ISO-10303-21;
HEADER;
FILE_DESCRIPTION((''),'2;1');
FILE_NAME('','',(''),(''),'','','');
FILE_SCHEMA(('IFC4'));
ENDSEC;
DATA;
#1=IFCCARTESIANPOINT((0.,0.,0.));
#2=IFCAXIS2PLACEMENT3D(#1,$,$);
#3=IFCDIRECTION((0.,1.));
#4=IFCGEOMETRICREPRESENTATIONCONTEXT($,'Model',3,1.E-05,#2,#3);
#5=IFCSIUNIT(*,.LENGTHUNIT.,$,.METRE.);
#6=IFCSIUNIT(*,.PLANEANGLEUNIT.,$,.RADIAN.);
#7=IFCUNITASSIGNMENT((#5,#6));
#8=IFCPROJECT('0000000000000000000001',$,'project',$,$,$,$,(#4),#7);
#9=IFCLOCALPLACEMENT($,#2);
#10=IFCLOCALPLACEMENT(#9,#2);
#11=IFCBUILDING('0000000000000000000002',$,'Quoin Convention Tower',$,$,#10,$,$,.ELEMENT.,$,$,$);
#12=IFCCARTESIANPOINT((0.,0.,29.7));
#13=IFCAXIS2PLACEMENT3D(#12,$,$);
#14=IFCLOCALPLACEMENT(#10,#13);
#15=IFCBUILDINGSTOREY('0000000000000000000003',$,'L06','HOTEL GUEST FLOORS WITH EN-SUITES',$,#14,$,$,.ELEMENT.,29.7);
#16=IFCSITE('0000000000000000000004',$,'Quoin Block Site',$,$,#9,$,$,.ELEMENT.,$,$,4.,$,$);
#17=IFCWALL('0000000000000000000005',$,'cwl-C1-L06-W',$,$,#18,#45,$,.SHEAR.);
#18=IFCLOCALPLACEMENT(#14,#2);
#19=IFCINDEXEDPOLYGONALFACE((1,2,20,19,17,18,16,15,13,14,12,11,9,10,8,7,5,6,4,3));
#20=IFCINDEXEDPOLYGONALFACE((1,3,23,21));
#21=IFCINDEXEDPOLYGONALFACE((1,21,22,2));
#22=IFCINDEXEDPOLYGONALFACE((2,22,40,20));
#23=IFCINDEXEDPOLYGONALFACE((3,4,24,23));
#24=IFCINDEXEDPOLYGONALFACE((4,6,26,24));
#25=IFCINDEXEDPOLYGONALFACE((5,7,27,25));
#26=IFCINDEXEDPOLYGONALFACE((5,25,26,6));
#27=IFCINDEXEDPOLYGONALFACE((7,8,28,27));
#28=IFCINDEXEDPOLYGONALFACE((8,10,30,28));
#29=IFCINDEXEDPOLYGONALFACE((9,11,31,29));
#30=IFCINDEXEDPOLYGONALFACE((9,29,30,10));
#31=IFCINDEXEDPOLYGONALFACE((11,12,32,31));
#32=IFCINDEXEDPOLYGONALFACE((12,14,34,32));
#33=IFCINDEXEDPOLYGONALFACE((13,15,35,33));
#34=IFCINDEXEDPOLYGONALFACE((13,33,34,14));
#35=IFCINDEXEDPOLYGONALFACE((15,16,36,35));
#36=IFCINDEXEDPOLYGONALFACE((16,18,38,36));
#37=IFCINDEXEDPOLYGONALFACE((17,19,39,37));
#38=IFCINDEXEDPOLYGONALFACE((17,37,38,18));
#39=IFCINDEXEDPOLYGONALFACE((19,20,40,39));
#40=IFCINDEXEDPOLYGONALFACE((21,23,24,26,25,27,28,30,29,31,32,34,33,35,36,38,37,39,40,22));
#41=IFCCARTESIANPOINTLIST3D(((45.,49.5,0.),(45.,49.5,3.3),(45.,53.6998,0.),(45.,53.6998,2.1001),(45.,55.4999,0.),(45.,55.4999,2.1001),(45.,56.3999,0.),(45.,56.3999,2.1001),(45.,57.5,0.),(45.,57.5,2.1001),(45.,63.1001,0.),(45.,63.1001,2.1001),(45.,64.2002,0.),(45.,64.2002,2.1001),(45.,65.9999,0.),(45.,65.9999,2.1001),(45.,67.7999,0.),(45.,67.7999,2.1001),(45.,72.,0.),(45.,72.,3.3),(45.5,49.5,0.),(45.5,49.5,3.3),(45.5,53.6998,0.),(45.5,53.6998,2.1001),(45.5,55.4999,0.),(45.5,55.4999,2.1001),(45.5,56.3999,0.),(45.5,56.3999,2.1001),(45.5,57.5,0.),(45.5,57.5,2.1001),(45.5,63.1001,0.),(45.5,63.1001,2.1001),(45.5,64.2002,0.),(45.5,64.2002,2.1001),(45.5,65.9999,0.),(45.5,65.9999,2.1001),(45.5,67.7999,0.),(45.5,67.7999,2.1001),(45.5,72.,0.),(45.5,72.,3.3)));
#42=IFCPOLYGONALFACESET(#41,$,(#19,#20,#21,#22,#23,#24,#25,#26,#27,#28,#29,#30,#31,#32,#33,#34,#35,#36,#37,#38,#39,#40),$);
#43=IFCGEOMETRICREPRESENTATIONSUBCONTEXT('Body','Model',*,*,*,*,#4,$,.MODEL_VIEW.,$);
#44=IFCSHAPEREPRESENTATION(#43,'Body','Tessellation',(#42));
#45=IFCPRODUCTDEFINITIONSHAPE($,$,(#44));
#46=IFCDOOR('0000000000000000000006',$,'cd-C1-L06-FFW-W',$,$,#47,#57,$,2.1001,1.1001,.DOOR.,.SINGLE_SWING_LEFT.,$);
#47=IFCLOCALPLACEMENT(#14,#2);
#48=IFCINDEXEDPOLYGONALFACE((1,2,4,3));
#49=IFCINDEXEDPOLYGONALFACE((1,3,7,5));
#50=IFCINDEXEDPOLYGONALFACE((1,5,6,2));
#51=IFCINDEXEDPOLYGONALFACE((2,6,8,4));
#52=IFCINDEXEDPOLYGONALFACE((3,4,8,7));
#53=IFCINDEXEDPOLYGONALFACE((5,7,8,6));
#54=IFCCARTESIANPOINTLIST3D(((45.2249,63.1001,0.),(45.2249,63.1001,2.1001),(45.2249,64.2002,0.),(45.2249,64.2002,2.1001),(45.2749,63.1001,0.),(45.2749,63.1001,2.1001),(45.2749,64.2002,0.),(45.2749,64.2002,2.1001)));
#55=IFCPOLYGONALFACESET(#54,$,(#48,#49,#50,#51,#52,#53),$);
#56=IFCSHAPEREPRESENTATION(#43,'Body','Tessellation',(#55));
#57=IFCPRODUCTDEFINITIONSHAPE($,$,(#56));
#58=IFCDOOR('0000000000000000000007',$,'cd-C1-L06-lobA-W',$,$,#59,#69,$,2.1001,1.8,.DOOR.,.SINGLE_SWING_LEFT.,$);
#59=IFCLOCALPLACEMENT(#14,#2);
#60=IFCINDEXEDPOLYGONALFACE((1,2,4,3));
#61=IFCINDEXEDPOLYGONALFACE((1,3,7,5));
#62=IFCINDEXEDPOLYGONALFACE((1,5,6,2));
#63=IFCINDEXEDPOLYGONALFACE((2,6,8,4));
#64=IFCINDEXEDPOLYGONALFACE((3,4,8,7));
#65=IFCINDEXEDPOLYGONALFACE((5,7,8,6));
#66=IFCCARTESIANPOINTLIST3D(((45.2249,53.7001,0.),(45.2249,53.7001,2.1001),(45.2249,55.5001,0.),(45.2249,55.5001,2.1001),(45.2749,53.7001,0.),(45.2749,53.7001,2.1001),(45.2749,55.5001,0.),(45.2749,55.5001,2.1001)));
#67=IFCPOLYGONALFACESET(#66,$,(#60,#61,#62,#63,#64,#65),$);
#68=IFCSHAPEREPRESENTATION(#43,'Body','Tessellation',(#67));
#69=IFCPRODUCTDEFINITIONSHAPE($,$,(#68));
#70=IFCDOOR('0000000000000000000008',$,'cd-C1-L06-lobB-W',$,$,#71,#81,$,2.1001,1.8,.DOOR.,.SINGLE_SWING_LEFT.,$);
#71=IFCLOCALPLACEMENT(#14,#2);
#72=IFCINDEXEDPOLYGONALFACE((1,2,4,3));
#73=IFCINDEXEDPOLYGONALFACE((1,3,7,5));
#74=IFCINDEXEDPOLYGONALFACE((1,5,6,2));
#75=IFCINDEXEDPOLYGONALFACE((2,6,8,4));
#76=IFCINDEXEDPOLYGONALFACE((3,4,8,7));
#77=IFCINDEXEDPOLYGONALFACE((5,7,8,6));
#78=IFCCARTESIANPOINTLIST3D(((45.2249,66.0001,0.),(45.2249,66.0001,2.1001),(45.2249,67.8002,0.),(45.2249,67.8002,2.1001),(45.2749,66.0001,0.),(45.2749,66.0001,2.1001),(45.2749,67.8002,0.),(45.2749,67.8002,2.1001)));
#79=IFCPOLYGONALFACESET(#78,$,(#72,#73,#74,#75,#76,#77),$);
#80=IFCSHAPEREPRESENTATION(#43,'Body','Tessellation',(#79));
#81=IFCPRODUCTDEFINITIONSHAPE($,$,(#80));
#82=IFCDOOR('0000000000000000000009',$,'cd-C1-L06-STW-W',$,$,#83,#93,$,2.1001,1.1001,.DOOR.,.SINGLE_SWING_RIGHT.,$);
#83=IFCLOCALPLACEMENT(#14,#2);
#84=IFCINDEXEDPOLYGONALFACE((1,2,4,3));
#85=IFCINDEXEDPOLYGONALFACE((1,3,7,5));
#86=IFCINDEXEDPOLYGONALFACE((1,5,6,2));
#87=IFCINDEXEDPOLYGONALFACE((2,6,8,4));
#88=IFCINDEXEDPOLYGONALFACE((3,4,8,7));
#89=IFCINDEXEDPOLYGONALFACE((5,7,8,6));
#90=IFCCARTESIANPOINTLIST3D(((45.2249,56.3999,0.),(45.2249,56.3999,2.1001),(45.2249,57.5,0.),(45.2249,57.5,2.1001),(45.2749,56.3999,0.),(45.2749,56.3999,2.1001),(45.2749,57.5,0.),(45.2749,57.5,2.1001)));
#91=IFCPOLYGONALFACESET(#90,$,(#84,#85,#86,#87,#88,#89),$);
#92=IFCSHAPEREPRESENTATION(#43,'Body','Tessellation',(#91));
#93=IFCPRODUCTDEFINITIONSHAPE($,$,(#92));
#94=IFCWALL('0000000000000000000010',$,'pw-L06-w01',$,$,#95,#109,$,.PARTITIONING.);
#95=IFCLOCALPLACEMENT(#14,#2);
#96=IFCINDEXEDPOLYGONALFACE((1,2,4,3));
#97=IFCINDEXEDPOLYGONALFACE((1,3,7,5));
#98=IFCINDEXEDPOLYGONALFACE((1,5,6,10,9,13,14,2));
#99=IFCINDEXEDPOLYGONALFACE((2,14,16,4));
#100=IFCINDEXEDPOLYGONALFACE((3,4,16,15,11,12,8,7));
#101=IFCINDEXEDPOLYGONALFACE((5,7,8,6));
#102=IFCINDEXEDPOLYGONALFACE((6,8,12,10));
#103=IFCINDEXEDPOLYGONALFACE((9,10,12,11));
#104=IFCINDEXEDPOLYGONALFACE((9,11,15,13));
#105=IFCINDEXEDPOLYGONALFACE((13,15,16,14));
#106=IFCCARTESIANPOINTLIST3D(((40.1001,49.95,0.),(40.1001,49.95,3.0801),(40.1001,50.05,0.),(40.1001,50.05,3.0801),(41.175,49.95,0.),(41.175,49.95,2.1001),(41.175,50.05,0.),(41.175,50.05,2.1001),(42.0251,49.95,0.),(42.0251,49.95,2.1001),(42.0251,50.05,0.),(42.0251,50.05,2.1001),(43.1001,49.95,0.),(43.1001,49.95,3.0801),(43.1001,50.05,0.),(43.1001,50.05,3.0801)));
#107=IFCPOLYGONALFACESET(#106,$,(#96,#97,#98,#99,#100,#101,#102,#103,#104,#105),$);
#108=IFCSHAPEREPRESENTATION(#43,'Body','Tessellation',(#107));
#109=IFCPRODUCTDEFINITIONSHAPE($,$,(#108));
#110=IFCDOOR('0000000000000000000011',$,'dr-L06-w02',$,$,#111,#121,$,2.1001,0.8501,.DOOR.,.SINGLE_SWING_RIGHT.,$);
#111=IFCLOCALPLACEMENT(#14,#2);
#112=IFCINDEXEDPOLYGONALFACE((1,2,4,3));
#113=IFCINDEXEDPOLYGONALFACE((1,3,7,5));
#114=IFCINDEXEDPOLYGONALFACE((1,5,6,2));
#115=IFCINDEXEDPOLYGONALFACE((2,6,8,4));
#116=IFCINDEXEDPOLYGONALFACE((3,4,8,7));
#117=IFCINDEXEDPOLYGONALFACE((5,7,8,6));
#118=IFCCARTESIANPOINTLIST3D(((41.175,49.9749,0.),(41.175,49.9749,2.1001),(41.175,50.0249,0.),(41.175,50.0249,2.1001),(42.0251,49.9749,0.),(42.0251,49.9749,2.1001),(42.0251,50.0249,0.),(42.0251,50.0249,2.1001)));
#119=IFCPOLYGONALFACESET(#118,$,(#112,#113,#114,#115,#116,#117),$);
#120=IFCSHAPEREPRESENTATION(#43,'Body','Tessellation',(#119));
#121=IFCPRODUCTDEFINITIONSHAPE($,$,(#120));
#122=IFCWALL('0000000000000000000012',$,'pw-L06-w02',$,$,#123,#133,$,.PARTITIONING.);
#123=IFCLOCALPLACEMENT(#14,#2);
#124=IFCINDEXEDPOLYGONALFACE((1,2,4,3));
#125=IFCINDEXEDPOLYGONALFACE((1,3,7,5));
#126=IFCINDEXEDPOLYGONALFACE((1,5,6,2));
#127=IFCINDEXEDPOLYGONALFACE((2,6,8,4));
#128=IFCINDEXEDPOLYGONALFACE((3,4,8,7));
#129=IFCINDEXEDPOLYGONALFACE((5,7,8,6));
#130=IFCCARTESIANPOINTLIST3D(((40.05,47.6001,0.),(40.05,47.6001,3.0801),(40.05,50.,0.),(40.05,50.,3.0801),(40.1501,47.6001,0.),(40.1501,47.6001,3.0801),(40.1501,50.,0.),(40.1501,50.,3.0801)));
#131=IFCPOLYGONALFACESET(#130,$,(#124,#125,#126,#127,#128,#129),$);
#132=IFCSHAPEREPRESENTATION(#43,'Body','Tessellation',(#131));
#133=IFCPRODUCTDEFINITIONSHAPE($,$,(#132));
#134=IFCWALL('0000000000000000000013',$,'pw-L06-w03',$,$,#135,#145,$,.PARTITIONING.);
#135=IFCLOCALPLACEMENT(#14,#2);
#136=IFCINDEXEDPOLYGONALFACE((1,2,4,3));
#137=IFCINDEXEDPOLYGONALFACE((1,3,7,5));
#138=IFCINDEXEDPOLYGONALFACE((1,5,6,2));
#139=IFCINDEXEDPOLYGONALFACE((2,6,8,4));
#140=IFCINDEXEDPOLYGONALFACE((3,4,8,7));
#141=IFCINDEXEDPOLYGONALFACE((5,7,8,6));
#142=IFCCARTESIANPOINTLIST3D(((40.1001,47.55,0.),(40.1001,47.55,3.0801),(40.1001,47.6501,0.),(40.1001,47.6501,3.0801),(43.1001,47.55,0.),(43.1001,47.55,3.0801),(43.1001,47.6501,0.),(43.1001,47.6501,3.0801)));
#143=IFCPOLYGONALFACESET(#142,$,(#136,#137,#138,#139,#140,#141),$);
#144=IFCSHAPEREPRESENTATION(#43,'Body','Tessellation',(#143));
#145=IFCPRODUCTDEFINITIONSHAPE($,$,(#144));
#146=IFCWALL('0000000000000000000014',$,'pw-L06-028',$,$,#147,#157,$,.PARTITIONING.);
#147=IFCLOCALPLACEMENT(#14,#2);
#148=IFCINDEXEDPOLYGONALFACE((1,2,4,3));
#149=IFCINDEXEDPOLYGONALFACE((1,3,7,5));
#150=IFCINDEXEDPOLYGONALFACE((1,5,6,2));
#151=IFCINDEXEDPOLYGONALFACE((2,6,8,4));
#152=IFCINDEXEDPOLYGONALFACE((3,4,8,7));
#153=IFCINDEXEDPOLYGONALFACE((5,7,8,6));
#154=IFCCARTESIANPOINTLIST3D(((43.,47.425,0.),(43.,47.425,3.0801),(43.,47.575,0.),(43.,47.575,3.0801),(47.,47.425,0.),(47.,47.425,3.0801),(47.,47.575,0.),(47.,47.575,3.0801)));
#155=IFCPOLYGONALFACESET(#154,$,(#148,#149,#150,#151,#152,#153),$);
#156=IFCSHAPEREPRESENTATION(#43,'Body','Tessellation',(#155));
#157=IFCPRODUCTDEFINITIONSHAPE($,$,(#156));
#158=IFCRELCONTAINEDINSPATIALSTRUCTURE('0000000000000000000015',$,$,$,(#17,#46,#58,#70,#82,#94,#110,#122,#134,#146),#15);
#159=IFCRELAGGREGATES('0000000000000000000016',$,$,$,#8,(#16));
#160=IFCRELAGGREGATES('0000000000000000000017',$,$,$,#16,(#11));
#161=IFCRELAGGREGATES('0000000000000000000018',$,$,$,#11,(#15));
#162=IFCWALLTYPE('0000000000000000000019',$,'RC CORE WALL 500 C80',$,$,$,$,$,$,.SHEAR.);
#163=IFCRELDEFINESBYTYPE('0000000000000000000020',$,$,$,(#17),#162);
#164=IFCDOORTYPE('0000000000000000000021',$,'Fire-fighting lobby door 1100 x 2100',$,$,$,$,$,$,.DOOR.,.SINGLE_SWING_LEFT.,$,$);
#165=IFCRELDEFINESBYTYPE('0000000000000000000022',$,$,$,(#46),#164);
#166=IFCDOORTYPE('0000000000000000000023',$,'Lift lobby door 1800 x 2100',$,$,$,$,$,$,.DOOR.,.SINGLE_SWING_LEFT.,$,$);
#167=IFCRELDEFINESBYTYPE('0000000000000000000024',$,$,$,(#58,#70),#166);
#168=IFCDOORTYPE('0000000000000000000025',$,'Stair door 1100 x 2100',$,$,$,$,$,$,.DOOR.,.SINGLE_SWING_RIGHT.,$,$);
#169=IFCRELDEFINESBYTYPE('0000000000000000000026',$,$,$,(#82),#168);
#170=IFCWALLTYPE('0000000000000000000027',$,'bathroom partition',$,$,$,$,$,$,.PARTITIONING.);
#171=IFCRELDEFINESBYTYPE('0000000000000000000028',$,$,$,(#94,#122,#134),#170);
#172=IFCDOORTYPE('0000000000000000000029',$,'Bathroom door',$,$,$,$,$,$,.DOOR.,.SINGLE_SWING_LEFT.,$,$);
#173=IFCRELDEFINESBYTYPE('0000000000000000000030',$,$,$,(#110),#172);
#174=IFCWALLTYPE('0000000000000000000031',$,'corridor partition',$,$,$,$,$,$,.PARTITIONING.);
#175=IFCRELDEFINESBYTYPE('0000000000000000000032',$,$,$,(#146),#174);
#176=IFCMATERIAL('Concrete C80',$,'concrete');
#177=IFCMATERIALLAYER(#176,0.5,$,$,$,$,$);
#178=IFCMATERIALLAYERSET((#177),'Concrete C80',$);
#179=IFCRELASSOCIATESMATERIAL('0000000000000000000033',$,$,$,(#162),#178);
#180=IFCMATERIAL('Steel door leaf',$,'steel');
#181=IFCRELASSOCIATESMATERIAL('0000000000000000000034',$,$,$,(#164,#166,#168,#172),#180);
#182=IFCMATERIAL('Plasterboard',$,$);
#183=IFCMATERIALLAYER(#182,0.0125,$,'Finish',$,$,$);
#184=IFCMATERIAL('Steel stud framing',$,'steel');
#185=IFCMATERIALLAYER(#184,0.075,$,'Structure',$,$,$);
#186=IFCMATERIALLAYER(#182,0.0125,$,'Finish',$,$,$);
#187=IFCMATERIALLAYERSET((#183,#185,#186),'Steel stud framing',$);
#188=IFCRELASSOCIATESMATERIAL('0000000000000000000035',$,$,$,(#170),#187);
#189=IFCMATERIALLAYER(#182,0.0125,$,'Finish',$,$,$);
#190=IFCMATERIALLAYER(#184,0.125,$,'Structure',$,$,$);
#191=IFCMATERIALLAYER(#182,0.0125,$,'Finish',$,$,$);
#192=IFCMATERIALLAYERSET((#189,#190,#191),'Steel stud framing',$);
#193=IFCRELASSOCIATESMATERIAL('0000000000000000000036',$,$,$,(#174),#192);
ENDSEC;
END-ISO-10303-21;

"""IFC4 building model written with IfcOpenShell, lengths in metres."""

from ifc_helpers import new_model, si_unit, direction, frame, frame_2d, origin, place, context, subcontext, project, spatial, rectangle, extrude, material, layer, layer_set, type_object, element, fill, save


model = new_model("IFC4")

# Units and contexts
model_context = context("Model", 3, precision=1e-05, world=origin(), true_north=direction((0.0, 1.0)))
body_context = subcontext(model_context, "Body", "Model", "MODEL_VIEW")
ifc_project = project(units=[si_unit("LENGTHUNIT", "METRE"), si_unit("PLANEANGLEUNIT", "RADIAN")], contexts=[model_context])

# Site, building, storey
site_placement = place(None, origin())
site = spatial("IfcSite", under=ifc_project, at=site_placement, Name="Quoin Block Site", CompositionType="ELEMENT", RefElevation=4.0)
building_placement = place(site_placement, origin())
building = spatial("IfcBuilding", under=site, at=building_placement, Name="Quoin Convention Tower", CompositionType="ELEMENT")
storey_placement = place(building_placement, frame((0.0, 0.0, 29.7)))
storey = spatial("IfcBuildingStorey", under=building, at=storey_placement, Name="L06", Description="HOTEL GUEST FLOORS WITH EN-SUITES", CompositionType="ELEMENT", Elevation=29.7)

# Shared definitions
ifc_material_1 = material(Name="Concrete C80", Category="concrete")

# Shared definitions
ifc_material_2 = material(Name="Plasterboard")
ifc_material_3 = material(Name="Steel stud framing", Category="steel")
ifc_material_4 = material(Name="Steel door leaf", Category="steel")

# Shared definitions
ifc_layer_1 = layer(ifc_material_1, 0.5)
ifc_layer_set_1 = layer_set([ifc_layer_1], Name="Concrete C80")
wall_type_1 = type_object("IfcWallType", Name="RC CORE WALL 500 C80", PredefinedType="SHEAR", material=ifc_layer_set_1)

# Wall, openings, doors
wall_1_placement = place(storey_placement, frame((45.25, 49.5, 0.0), z_axis=(0.0, 0.0, 1.0), x_axis=(0.0, 1.0, 0.0)))
wall_1 = element("IfcWall", 1, at=wall_1_placement, inside=storey, type_object=wall_type_1, Name="cwl-C1-L06-W", PredefinedType="SHEAR", context=body_context, shape_type="SweptSolid", body=[
    extrude(rectangle(XDim=22.5, YDim=0.5, at=frame_2d((11.25, 0.0))), origin(), (0.0, 0.0, 1.0), 3.3),
])
opening_1_placement = place(wall_1_placement, frame((4.2, 0.0, 0.0)))
opening_1 = element("IfcOpeningElement", 2, at=opening_1_placement, cuts=wall_1, PredefinedType="OPENING", context=body_context, shape_type="SweptSolid", body=[
    extrude(rectangle(XDim=1.8, YDim=2.1001, at=frame_2d((0.8999, 1.05))), frame((0.0, 0.26, 0.0), z_axis=(0.0, -1.0, 0.0), x_axis=(1.0, 0.0, 0.0)), (0.0, 0.0, 1.0), 0.52),
])
opening_2_placement = place(wall_1_placement, frame((6.8999, 0.0, 0.0)))
opening_2 = element("IfcOpeningElement", 3, at=opening_2_placement, cuts=wall_1, PredefinedType="OPENING", context=body_context, shape_type="SweptSolid", body=[
    extrude(rectangle(XDim=1.1001, YDim=2.1001, at=frame_2d((0.55, 1.05))), frame((0.0, 0.26, 0.0), z_axis=(0.0, -1.0, 0.0), x_axis=(1.0, 0.0, 0.0)), (0.0, 0.0, 1.0), 0.52),
])
opening_3_placement = place(wall_1_placement, frame((13.6001, 0.0, 0.0)))
opening_3 = element("IfcOpeningElement", 4, at=opening_3_placement, cuts=wall_1, PredefinedType="OPENING", context=body_context, shape_type="SweptSolid", body=[
    extrude(rectangle(XDim=1.1001, YDim=2.1001, at=frame_2d((0.55, 1.05))), frame((0.0, 0.26, 0.0), z_axis=(0.0, -1.0, 0.0), x_axis=(1.0, 0.0, 0.0)), (0.0, 0.0, 1.0), 0.52),
])
opening_4_placement = place(wall_1_placement, frame((16.5, 0.0, 0.0)))
opening_4 = element("IfcOpeningElement", 5, at=opening_4_placement, cuts=wall_1, PredefinedType="OPENING", context=body_context, shape_type="SweptSolid", body=[
    extrude(rectangle(XDim=1.8, YDim=2.1001, at=frame_2d((0.8999, 1.05))), frame((0.0, 0.26, 0.0), z_axis=(0.0, -1.0, 0.0), x_axis=(1.0, 0.0, 0.0)), (0.0, 0.0, 1.0), 0.52),
])
door_type_1 = type_object("IfcDoorType", Name="Fire-fighting lobby door 1100 x 2100", OperationType="SINGLE_SWING_LEFT", PredefinedType="DOOR", material=ifc_material_4)
door_1_placement = place(opening_3_placement, frame((1.1001, 0.0, 0.0), z_axis=(0.0, 0.0, 1.0), x_axis=(-1.0, 0.0, 0.0)))
door_1 = element("IfcDoor", 6, at=door_1_placement, inside=storey, type_object=door_type_1, Name="cd-C1-L06-FFW-W", OperationType="SINGLE_SWING_LEFT", OverallHeight=2.1001, OverallWidth=1.1001, PredefinedType="DOOR", context=body_context, shape_type="SweptSolid", body=[
    extrude(rectangle(XDim=1.1001, YDim=2.1001, at=frame_2d((0.55, 1.05))), frame((0.0, 0.0249, 0.0), z_axis=(0.0, -1.0, 0.0), x_axis=(1.0, 0.0, 0.0)), (0.0, 0.0, 1.0), 0.05),
])
fill(opening_3, door_1)
door_type_2 = type_object("IfcDoorType", Name="Lift lobby door 1800 x 2100", OperationType="SINGLE_SWING_LEFT", PredefinedType="DOOR", material=ifc_material_4)
door_2_placement = place(opening_1_placement, frame((1.8, 0.0, 0.0), z_axis=(0.0, 0.0, 1.0), x_axis=(-1.0, 0.0, 0.0)))
door_2 = element("IfcDoor", 7, at=door_2_placement, inside=storey, type_object=door_type_2, Name="cd-C1-L06-lobA-W", OperationType="SINGLE_SWING_LEFT", OverallHeight=2.1001, OverallWidth=1.8, PredefinedType="DOOR", context=body_context, shape_type="SweptSolid", body=[
    extrude(rectangle(XDim=1.8, YDim=2.1001, at=frame_2d((0.8999, 1.05))), frame((0.0, 0.0249, 0.0), z_axis=(0.0, -1.0, 0.0), x_axis=(1.0, 0.0, 0.0)), (0.0, 0.0, 1.0), 0.05),
])
fill(opening_1, door_2)
door_3_placement = place(opening_4_placement, frame((1.8, 0.0, 0.0), z_axis=(0.0, 0.0, 1.0), x_axis=(-1.0, 0.0, 0.0)))
door_3 = element("IfcDoor", 8, at=door_3_placement, inside=storey, type_object=door_type_2, Name="cd-C1-L06-lobB-W", OperationType="SINGLE_SWING_LEFT", OverallHeight=2.1001, OverallWidth=1.8, PredefinedType="DOOR", context=body_context, shape_type="SweptSolid", body=[
    extrude(rectangle(XDim=1.8, YDim=2.1001, at=frame_2d((0.8999, 1.05))), frame((0.0, 0.0249, 0.0), z_axis=(0.0, -1.0, 0.0), x_axis=(1.0, 0.0, 0.0)), (0.0, 0.0, 1.0), 0.05),
])
fill(opening_4, door_3)
door_type_3 = type_object("IfcDoorType", Name="Stair door 1100 x 2100", OperationType="SINGLE_SWING_RIGHT", PredefinedType="DOOR", material=ifc_material_4)
door_4_placement = place(opening_2_placement, frame((1.1001, 0.0, 0.0), z_axis=(0.0, 0.0, 1.0), x_axis=(-1.0, 0.0, 0.0)))
door_4 = element("IfcDoor", 9, at=door_4_placement, inside=storey, type_object=door_type_3, Name="cd-C1-L06-STW-W", OperationType="SINGLE_SWING_RIGHT", OverallHeight=2.1001, OverallWidth=1.1001, PredefinedType="DOOR", context=body_context, shape_type="SweptSolid", body=[
    extrude(rectangle(XDim=1.1001, YDim=2.1001, at=frame_2d((0.55, 1.05))), frame((0.0, 0.0249, 0.0), z_axis=(0.0, -1.0, 0.0), x_axis=(1.0, 0.0, 0.0)), (0.0, 0.0, 1.0), 0.05),
])
fill(opening_2, door_4)

# Wall, opening, door
ifc_layer_2 = layer(ifc_material_2, 0.0125, Name="Finish")
ifc_layer_3 = layer(ifc_material_3, 0.075, Name="Structure")
ifc_layer_4 = layer(ifc_material_2, 0.0125, Name="Finish")
ifc_layer_set_2 = layer_set([ifc_layer_2, ifc_layer_3, ifc_layer_4], Name="Steel stud framing")
wall_type_2 = type_object("IfcWallType", Name="bathroom partition", PredefinedType="PARTITIONING", material=ifc_layer_set_2)
wall_2_placement = place(storey_placement, frame((43.1001, 50.0, 0.0), z_axis=(0.0, 0.0, 1.0), x_axis=(-1.0, 0.0, 0.0)))
wall_2 = element("IfcWall", 10, at=wall_2_placement, inside=storey, type_object=wall_type_2, Name="pw-L06-w01", PredefinedType="PARTITIONING", context=body_context, shape_type="SweptSolid", body=[
    extrude(rectangle(XDim=3.0, YDim=0.1001, at=frame_2d((1.5, 0.0))), origin(), (0.0, 0.0, 1.0), 3.0801),
])
opening_5_placement = place(wall_2_placement, frame((1.075, 0.0, 0.0)))
opening_5 = element("IfcOpeningElement", 11, at=opening_5_placement, cuts=wall_2, PredefinedType="OPENING", context=body_context, shape_type="SweptSolid", body=[
    extrude(rectangle(XDim=0.8501, YDim=2.1001, at=frame_2d((0.425, 1.05))), frame((0.0, 0.0601, 0.0), z_axis=(0.0, -1.0, 0.0), x_axis=(1.0, 0.0, 0.0)), (0.0, 0.0, 1.0), 0.1201),
])
door_type_4 = type_object("IfcDoorType", Name="Bathroom door", OperationType="SINGLE_SWING_LEFT", PredefinedType="DOOR", material=ifc_material_4)
door_5_placement = place(opening_5_placement, frame((0.8501, 0.0, 0.0), z_axis=(0.0, 0.0, 1.0), x_axis=(-1.0, 0.0, 0.0)))
door_5 = element("IfcDoor", 12, at=door_5_placement, inside=storey, type_object=door_type_4, Name="dr-L06-w02", OperationType="SINGLE_SWING_RIGHT", OverallHeight=2.1001, OverallWidth=0.8501, PredefinedType="DOOR", context=body_context, shape_type="SweptSolid", body=[
    extrude(rectangle(XDim=0.8501, YDim=2.1001, at=frame_2d((0.425, 1.05))), frame((0.0, 0.0249, 0.0), z_axis=(0.0, -1.0, 0.0), x_axis=(1.0, 0.0, 0.0)), (0.0, 0.0, 1.0), 0.05),
])
fill(opening_5, door_5)

# Walls
wall_3_placement = place(storey_placement, frame((40.1001, 50.0, 0.0), z_axis=(0.0, 0.0, 1.0), x_axis=(0.0, -1.0, 0.0)))
element("IfcWall", 13, at=wall_3_placement, inside=storey, type_object=wall_type_2, Name="pw-L06-w02", PredefinedType="PARTITIONING", context=body_context, shape_type="SweptSolid", body=[
    extrude(rectangle(XDim=2.3999, YDim=0.1001, at=frame_2d((1.2, 0.0))), origin(), (0.0, 0.0, 1.0), 3.0801),
])
wall_4_placement = place(storey_placement, frame((40.1001, 47.6001, 0.0), z_axis=(0.0, 0.0, 1.0), x_axis=(1.0, 0.0, 0.0)))
element("IfcWall", 14, at=wall_4_placement, inside=storey, type_object=wall_type_2, Name="pw-L06-w03", PredefinedType="PARTITIONING", context=body_context, shape_type="SweptSolid", body=[
    extrude(rectangle(XDim=3.0, YDim=0.1001, at=frame_2d((1.5, 0.0))), origin(), (0.0, 0.0, 1.0), 3.0801),
])
ifc_layer_5 = layer(ifc_material_2, 0.0125, Name="Finish")
ifc_layer_6 = layer(ifc_material_3, 0.125, Name="Structure")
ifc_layer_7 = layer(ifc_material_2, 0.0125, Name="Finish")
ifc_layer_set_3 = layer_set([ifc_layer_5, ifc_layer_6, ifc_layer_7], Name="Steel stud framing")
wall_type_3 = type_object("IfcWallType", Name="corridor partition", PredefinedType="PARTITIONING", material=ifc_layer_set_3)
wall_5_placement = place(storey_placement, frame((43.0, 47.5, 0.0), z_axis=(0.0, 0.0, 1.0), x_axis=(1.0, 0.0, 0.0)))
element("IfcWall", 15, at=wall_5_placement, inside=storey, type_object=wall_type_3, Name="pw-L06-028", PredefinedType="PARTITIONING", context=body_context, shape_type="SweptSolid", body=[
    extrude(rectangle(XDim=4.0, YDim=0.1499, at=frame_2d((2.0, 0.0))), origin(), (0.0, 0.0, 1.0), 3.0801),
])

save(model, "model.ifc")
